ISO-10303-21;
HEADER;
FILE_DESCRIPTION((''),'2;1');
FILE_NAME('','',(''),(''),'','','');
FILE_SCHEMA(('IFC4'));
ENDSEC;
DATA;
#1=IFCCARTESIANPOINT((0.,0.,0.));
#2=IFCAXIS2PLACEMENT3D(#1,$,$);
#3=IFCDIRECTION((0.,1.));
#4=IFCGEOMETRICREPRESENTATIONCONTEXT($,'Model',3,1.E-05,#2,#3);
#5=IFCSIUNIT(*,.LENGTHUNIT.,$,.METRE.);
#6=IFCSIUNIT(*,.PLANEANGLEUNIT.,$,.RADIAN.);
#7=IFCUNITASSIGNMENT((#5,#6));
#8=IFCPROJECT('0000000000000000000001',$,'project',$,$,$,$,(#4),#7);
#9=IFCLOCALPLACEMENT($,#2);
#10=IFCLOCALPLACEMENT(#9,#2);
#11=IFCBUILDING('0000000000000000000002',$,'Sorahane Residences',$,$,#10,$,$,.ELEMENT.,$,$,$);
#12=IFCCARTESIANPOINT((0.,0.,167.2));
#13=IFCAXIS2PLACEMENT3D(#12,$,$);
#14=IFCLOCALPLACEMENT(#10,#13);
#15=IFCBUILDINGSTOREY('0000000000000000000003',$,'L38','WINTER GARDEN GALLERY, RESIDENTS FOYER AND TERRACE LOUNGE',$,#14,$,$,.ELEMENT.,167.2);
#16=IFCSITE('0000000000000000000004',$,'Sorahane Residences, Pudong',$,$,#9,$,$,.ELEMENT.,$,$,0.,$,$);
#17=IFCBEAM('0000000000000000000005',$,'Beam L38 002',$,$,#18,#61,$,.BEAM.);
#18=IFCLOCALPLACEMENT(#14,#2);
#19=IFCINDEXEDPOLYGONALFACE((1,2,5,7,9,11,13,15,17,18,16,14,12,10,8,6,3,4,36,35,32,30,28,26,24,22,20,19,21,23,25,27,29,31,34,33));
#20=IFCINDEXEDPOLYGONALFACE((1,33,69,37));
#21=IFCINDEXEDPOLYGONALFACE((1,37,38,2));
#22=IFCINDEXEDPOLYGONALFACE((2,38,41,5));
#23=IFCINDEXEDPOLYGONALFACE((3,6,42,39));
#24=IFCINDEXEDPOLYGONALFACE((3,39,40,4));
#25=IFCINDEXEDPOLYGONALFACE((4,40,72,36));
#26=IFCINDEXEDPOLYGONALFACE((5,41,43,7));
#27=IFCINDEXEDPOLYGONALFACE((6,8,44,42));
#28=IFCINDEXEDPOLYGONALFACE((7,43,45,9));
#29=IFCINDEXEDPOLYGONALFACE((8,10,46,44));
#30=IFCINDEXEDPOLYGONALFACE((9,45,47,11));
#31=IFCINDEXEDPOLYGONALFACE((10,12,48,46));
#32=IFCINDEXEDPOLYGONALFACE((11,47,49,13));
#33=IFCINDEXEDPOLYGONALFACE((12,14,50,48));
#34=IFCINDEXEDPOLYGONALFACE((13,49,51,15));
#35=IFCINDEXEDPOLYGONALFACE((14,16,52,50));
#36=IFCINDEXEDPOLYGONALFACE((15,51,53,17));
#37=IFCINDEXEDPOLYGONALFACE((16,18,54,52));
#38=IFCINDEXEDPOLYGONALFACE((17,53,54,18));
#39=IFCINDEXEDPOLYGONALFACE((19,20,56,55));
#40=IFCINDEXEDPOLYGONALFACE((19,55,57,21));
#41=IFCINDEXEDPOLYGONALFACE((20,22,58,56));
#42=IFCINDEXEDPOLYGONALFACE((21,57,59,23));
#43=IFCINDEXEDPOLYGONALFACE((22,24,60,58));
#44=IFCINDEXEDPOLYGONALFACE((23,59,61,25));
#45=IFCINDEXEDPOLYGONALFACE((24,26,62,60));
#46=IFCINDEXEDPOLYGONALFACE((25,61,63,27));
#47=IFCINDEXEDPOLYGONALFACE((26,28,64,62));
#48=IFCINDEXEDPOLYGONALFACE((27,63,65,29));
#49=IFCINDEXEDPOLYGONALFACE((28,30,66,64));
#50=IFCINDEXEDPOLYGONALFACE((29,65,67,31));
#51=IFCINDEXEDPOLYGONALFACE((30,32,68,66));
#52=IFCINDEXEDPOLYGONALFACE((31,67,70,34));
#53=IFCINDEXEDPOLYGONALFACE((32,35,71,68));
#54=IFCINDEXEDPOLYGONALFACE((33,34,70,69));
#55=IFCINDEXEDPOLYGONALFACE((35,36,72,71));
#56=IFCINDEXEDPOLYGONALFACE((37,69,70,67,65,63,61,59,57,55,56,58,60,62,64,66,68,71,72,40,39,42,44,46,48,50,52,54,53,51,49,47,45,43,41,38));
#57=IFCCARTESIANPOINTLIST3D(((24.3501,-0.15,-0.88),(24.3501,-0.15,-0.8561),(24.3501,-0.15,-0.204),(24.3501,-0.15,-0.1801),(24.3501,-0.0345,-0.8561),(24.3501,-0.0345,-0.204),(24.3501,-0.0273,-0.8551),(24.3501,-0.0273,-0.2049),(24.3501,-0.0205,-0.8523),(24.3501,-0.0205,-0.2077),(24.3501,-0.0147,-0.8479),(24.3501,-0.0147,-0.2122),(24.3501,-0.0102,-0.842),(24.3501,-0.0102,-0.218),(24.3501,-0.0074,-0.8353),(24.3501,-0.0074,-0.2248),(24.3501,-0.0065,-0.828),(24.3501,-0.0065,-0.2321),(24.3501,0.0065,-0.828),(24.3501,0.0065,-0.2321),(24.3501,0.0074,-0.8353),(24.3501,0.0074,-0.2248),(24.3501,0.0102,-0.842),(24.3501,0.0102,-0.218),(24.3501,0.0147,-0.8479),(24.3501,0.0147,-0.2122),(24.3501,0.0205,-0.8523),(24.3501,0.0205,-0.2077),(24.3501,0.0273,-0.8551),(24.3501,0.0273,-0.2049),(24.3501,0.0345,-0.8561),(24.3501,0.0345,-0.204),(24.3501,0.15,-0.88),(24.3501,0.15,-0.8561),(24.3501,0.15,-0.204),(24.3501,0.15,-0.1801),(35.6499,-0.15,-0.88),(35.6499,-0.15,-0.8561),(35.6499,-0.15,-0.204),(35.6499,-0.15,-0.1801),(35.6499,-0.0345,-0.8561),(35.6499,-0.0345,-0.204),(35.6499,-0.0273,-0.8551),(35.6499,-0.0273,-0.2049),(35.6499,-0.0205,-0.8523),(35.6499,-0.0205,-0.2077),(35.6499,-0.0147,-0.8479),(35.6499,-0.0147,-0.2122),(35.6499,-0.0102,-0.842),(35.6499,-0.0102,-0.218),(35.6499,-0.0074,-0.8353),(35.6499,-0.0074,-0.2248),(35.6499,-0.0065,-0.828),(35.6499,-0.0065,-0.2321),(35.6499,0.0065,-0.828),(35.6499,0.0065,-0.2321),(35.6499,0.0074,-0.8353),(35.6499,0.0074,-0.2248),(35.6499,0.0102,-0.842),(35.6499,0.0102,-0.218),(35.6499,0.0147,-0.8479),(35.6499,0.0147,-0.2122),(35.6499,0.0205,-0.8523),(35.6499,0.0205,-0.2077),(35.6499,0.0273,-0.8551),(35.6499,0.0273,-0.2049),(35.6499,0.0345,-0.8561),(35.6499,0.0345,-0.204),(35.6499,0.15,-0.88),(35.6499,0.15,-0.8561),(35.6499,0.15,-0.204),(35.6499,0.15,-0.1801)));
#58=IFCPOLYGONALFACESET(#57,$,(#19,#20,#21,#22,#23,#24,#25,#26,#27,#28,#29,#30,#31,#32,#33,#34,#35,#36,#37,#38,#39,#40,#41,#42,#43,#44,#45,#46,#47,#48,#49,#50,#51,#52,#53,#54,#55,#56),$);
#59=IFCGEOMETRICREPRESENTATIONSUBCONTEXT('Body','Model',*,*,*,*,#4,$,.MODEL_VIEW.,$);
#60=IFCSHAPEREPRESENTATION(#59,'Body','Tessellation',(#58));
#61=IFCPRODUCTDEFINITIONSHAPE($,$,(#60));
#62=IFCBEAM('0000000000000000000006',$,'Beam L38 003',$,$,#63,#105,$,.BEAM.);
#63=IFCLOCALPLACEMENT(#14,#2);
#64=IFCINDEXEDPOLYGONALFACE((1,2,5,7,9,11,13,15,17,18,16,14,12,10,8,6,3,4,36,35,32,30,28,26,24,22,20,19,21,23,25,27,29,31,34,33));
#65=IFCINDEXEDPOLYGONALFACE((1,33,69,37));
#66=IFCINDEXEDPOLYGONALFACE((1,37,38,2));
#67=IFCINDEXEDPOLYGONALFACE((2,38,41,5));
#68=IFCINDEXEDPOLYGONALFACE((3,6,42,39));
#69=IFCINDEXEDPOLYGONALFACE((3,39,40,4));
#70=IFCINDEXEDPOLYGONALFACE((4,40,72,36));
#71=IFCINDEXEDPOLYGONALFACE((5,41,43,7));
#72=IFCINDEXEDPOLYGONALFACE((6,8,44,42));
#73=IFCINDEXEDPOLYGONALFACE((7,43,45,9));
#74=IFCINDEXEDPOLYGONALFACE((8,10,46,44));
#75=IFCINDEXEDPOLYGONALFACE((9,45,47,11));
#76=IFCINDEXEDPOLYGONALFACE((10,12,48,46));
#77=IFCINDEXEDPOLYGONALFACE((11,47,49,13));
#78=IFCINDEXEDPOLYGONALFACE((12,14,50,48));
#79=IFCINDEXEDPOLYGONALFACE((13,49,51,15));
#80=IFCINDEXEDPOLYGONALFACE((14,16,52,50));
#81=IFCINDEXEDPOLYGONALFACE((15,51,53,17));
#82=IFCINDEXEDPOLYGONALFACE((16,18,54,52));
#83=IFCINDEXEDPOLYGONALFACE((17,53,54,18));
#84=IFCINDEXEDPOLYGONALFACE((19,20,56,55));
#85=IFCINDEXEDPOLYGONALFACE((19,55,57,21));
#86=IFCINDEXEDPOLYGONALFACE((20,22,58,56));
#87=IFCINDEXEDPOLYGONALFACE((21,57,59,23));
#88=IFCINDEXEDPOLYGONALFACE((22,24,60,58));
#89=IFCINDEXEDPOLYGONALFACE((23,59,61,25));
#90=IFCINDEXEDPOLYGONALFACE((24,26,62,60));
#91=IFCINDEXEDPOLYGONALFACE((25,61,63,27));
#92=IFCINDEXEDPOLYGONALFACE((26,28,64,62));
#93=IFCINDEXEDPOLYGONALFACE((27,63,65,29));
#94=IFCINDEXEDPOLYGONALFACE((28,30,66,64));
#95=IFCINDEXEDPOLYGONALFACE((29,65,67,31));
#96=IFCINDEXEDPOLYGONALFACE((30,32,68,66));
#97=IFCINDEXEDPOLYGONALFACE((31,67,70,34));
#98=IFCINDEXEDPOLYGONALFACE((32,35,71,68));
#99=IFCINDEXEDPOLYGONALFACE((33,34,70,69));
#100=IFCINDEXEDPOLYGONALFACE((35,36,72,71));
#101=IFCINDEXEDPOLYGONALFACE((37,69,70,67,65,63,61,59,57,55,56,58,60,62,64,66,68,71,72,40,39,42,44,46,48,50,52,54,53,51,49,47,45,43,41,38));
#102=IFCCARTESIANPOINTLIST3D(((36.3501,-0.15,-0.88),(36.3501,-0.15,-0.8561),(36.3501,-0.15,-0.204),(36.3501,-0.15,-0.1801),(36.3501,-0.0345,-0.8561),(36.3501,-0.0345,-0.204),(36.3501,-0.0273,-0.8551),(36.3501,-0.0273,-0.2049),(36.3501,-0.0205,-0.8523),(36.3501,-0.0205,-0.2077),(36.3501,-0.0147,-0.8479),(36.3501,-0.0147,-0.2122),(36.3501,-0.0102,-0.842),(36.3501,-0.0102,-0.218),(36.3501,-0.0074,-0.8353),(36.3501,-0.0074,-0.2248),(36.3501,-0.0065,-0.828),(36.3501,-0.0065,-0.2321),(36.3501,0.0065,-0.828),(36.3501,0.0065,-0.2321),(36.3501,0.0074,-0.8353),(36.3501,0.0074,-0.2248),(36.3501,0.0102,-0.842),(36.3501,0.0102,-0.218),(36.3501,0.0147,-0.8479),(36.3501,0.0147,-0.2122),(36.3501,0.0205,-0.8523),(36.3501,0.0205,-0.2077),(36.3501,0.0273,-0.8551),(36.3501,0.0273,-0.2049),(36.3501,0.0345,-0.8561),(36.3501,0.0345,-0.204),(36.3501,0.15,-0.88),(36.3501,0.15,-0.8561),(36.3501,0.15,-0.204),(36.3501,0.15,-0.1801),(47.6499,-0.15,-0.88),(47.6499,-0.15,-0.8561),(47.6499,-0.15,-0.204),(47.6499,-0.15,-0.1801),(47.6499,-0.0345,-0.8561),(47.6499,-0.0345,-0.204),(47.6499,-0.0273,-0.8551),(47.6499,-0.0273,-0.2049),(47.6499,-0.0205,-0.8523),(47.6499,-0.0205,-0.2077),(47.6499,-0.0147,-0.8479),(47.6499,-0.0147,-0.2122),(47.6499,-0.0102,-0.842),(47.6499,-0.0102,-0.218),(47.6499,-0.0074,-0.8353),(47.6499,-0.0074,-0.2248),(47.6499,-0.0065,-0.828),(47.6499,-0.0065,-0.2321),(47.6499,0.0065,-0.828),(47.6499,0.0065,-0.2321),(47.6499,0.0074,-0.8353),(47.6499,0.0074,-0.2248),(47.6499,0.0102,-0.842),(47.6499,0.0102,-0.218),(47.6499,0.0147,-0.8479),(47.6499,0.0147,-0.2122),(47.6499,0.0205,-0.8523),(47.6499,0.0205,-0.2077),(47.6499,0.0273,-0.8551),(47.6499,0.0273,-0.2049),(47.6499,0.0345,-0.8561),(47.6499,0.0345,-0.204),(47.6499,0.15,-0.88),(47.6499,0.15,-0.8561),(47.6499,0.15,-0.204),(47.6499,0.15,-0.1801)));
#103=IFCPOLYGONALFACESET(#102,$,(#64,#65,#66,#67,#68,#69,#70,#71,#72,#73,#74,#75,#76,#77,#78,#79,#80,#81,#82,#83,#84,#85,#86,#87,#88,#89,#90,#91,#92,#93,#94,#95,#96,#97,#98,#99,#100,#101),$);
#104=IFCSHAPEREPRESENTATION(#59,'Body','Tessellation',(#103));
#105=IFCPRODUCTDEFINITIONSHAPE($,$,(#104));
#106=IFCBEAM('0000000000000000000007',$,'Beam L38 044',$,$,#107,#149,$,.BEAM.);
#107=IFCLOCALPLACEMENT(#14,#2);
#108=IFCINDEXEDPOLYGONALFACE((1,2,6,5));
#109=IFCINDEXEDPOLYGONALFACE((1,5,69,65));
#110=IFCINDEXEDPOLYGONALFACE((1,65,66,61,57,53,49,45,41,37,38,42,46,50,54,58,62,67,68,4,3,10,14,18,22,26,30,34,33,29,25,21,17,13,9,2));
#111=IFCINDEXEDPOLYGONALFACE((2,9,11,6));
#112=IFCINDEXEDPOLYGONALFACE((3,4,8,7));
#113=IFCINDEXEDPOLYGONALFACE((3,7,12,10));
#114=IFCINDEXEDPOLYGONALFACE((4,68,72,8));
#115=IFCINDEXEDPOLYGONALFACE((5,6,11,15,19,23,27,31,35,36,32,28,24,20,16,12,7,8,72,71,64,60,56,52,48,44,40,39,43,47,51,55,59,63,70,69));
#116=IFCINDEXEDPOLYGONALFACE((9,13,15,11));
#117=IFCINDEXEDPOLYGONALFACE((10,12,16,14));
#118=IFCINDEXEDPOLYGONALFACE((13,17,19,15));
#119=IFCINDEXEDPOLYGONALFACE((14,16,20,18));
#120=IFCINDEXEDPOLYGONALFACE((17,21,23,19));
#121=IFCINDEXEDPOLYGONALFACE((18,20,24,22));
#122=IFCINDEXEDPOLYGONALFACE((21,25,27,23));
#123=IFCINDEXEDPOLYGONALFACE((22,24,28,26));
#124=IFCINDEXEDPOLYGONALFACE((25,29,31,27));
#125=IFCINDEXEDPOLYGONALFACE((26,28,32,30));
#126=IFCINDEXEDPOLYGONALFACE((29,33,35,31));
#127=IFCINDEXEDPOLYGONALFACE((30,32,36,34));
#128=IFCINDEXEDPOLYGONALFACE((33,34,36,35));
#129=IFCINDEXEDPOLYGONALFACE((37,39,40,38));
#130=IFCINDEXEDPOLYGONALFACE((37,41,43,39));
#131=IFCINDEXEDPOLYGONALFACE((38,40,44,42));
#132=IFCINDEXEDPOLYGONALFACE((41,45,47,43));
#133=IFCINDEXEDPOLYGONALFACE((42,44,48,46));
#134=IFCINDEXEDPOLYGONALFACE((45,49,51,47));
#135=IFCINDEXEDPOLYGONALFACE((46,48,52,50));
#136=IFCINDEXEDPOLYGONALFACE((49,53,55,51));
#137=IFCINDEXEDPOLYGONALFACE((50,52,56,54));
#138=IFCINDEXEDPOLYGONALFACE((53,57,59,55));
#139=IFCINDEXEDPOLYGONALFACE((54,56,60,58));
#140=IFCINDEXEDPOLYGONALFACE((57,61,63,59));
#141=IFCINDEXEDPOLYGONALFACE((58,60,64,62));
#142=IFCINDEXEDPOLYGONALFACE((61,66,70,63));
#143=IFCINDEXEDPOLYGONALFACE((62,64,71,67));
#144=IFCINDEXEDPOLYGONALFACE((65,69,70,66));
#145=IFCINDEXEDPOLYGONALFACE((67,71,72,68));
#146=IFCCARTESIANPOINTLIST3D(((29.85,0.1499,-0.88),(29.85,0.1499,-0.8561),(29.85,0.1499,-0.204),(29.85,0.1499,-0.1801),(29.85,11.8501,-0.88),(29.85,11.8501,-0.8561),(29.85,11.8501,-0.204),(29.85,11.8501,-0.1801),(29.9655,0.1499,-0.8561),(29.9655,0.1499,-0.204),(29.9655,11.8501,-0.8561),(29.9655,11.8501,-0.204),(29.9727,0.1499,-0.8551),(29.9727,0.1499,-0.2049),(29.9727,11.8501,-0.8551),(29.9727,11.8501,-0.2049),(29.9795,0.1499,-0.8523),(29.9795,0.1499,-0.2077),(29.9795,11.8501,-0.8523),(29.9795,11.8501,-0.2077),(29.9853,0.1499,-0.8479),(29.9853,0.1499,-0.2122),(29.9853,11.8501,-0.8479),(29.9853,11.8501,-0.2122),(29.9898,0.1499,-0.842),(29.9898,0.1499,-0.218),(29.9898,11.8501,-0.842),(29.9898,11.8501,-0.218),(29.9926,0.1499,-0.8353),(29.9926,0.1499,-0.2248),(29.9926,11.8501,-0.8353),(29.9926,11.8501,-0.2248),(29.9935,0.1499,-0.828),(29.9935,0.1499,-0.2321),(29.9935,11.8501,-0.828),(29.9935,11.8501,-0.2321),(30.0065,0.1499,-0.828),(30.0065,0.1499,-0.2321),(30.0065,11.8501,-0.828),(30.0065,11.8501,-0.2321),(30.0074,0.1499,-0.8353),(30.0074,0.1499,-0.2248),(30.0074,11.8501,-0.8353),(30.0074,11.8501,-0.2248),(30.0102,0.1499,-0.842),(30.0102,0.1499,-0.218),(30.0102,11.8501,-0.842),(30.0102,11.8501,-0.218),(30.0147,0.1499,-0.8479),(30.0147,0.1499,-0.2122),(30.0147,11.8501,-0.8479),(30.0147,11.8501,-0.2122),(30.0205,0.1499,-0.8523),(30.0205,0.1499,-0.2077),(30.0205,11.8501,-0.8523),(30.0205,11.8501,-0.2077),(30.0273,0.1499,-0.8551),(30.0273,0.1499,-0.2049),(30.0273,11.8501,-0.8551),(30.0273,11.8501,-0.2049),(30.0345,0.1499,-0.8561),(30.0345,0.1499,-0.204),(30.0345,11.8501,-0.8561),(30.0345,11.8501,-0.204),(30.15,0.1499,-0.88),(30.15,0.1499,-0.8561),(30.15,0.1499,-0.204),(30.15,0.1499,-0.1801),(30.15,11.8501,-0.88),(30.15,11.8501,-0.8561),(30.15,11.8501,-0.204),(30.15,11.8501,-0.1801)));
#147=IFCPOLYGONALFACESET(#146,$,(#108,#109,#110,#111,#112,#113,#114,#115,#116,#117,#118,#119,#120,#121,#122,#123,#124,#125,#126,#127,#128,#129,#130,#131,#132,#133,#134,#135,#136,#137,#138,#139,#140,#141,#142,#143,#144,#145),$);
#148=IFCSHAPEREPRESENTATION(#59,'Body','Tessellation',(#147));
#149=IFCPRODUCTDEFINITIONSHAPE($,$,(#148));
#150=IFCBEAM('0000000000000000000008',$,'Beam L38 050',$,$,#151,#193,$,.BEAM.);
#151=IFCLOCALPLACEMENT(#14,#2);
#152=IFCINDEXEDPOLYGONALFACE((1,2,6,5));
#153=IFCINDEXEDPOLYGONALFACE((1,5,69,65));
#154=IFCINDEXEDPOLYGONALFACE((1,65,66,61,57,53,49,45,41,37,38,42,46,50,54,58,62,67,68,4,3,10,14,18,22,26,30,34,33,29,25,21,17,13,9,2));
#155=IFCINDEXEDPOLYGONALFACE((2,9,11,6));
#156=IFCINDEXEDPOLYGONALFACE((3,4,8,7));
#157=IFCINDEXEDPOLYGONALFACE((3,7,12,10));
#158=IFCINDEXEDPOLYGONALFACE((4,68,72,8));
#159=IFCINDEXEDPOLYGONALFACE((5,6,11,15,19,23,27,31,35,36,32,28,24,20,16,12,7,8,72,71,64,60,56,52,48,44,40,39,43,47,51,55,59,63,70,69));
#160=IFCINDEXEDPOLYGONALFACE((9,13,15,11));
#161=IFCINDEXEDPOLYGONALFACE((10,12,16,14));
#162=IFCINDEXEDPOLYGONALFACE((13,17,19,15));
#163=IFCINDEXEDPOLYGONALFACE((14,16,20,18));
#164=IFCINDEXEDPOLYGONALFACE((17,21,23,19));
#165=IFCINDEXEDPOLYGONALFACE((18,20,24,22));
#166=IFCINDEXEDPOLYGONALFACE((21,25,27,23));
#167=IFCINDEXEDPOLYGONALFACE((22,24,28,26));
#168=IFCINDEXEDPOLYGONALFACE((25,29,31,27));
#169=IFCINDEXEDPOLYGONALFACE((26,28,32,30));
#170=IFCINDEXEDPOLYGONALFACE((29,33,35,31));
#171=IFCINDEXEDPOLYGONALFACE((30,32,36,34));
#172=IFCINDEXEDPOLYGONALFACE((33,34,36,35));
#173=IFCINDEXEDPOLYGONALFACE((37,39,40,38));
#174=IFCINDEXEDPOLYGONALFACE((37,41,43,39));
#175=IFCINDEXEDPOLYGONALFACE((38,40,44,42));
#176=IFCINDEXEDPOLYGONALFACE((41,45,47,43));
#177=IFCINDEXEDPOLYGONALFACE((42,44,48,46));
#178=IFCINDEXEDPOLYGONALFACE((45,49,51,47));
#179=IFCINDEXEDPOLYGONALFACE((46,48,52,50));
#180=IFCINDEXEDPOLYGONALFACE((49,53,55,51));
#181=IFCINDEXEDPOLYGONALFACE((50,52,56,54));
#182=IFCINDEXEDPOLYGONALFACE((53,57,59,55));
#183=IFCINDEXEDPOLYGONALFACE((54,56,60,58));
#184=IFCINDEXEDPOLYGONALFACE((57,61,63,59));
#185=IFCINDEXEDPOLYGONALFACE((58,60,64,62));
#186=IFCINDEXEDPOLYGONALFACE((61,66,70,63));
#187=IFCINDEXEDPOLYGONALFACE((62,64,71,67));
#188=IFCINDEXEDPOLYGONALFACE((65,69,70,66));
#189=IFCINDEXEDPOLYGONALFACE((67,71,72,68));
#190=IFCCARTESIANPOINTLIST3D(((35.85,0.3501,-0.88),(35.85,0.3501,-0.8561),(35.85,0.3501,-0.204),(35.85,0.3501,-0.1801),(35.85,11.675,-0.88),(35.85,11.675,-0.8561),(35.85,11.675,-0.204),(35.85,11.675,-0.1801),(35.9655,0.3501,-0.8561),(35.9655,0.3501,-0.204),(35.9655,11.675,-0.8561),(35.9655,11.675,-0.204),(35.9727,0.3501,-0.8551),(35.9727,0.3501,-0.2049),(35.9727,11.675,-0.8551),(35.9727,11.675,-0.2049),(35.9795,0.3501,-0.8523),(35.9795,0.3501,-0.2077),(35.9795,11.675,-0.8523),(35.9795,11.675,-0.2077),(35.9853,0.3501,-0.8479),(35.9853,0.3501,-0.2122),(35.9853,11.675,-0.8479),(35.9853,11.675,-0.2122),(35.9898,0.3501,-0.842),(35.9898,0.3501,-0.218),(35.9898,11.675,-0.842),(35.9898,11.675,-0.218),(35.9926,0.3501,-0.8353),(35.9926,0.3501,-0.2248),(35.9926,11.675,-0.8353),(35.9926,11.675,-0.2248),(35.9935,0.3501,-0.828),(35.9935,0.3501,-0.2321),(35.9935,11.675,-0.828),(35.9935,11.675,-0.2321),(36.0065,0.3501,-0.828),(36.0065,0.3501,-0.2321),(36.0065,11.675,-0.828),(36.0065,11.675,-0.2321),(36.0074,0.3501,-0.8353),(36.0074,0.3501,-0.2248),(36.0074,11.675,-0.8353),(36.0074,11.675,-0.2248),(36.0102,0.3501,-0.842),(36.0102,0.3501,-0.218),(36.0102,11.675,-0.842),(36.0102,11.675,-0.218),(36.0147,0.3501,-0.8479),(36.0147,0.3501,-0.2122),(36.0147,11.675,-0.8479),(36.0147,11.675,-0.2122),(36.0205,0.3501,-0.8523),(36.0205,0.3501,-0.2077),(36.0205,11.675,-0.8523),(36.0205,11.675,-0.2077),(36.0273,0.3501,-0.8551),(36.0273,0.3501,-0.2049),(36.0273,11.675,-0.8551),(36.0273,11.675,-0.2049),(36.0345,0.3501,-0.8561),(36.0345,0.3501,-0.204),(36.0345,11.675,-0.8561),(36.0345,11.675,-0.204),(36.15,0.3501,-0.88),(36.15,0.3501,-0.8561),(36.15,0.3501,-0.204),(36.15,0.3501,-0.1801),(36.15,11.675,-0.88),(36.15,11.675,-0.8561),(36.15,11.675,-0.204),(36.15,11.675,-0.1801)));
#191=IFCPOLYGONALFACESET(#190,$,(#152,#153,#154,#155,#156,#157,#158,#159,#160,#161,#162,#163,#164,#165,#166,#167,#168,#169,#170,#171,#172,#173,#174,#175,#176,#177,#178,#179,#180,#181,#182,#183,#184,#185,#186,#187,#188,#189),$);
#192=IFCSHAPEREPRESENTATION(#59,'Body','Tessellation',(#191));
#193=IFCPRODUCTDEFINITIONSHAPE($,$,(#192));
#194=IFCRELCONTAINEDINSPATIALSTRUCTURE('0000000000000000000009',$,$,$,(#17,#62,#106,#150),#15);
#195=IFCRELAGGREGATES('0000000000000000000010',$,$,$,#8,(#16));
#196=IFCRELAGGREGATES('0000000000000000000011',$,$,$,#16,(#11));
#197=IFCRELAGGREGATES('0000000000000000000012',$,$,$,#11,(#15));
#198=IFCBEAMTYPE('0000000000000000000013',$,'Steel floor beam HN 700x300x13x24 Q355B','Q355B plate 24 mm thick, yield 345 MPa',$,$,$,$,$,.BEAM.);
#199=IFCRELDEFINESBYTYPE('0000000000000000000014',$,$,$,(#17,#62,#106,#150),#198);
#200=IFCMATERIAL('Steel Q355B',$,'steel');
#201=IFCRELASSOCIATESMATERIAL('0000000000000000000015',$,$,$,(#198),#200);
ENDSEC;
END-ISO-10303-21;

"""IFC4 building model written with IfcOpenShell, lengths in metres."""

from ifc_helpers import new_model, si_unit, direction, frame, origin, origin_2d, place, context, subcontext, project, spatial, i_section, extrude, material, material_profile, profile_set, type_object, element, save


model = new_model("IFC4")

# Units and contexts
model_context = context("Model", 3, precision=1e-05, world=origin(), true_north=direction((0.0, 1.0)))
body_context = subcontext(model_context, "Body", "Model", "MODEL_VIEW")
ifc_project = project(units=[si_unit("LENGTHUNIT", "METRE"), si_unit("PLANEANGLEUNIT", "RADIAN")], contexts=[model_context])

# Site, building, storey
site_placement = place(None, origin())
site = spatial("IfcSite", under=ifc_project, at=site_placement, Name="Sorahane Residences, Pudong", CompositionType="ELEMENT", RefElevation=0.0)
building_placement = place(site_placement, origin())
building = spatial("IfcBuilding", under=site, at=building_placement, Name="Sorahane Residences", CompositionType="ELEMENT")
storey_placement = place(building_placement, frame((0.0, 0.0, 167.2)))
storey = spatial("IfcBuildingStorey", under=building, at=storey_placement, Name="L38", Description="WINTER GARDEN GALLERY, RESIDENTS FOYER AND TERRACE LOUNGE", CompositionType="ELEMENT", Elevation=167.2)

# Beams
ifc_material_1 = material(Name="Steel Q355B", Category="steel")
ifc_material_profile_1 = material_profile(ifc_material_1, i_section(OverallWidth=0.3, OverallDepth=0.7, WebThickness=0.0129, FlangeThickness=0.0239, FilletRadius=0.0281, at=origin_2d()), Name="HN 700x300x13x24")
ifc_profile_set_1 = profile_set([ifc_material_profile_1], Name="Steel Q355B")
beam_type_1 = type_object("IfcBeamType", Name="Steel floor beam HN 700x300x13x24 Q355B", Description="Q355B plate 24 mm thick, yield 345 MPa", PredefinedType="BEAM", material=ifc_profile_set_1)
for number, where, z_axis, x_axis, name in (
    (1, (24.3501, 0.0, -0.53), (1.0, 0.0, 0.0), (0.0, 1.0, 0.0), "Beam L38 002"),
    (2, (36.3501, 0.0, -0.53), (1.0, 0.0, 0.0), (0.0, 1.0, 0.0), "Beam L38 003"),
):
    element("IfcBeam", number, at=place(storey_placement, frame(where, z_axis=z_axis, x_axis=x_axis)), inside=storey, type_object=beam_type_1, Name=name, PredefinedType="BEAM", context=body_context, shape_type="SweptSolid", body=[
        extrude(i_section(OverallWidth=0.3, OverallDepth=0.7, WebThickness=0.0129, FlangeThickness=0.0239, FilletRadius=0.0281, at=origin_2d()), origin(), (0.0, 0.0, 1.0), 11.2998),
    ])
beam_1_placement = place(storey_placement, frame((30.0, 0.1499, -0.53), z_axis=(0.0, 1.0, 0.0), x_axis=(-1.0, 0.0, 0.0)))
element("IfcBeam", 3, at=beam_1_placement, inside=storey, type_object=beam_type_1, Name="Beam L38 044", PredefinedType="BEAM", context=body_context, shape_type="SweptSolid", body=[
    extrude(i_section(OverallWidth=0.3, OverallDepth=0.7, WebThickness=0.0129, FlangeThickness=0.0239, FilletRadius=0.0281, at=origin_2d()), origin(), (0.0, 0.0, 1.0), 11.7002),
])
beam_2_placement = place(storey_placement, frame((36.0, 0.3501, -0.53), z_axis=(0.0, 1.0, 0.0), x_axis=(-1.0, 0.0, 0.0)))
element("IfcBeam", 4, at=beam_2_placement, inside=storey, type_object=beam_type_1, Name="Beam L38 050", PredefinedType="BEAM", context=body_context, shape_type="SweptSolid", body=[
    extrude(i_section(OverallWidth=0.3, OverallDepth=0.7, WebThickness=0.0129, FlangeThickness=0.0239, FilletRadius=0.0281, at=origin_2d()), origin(), (0.0, 0.0, 1.0), 11.325),
])

save(model, "model.ifc")
